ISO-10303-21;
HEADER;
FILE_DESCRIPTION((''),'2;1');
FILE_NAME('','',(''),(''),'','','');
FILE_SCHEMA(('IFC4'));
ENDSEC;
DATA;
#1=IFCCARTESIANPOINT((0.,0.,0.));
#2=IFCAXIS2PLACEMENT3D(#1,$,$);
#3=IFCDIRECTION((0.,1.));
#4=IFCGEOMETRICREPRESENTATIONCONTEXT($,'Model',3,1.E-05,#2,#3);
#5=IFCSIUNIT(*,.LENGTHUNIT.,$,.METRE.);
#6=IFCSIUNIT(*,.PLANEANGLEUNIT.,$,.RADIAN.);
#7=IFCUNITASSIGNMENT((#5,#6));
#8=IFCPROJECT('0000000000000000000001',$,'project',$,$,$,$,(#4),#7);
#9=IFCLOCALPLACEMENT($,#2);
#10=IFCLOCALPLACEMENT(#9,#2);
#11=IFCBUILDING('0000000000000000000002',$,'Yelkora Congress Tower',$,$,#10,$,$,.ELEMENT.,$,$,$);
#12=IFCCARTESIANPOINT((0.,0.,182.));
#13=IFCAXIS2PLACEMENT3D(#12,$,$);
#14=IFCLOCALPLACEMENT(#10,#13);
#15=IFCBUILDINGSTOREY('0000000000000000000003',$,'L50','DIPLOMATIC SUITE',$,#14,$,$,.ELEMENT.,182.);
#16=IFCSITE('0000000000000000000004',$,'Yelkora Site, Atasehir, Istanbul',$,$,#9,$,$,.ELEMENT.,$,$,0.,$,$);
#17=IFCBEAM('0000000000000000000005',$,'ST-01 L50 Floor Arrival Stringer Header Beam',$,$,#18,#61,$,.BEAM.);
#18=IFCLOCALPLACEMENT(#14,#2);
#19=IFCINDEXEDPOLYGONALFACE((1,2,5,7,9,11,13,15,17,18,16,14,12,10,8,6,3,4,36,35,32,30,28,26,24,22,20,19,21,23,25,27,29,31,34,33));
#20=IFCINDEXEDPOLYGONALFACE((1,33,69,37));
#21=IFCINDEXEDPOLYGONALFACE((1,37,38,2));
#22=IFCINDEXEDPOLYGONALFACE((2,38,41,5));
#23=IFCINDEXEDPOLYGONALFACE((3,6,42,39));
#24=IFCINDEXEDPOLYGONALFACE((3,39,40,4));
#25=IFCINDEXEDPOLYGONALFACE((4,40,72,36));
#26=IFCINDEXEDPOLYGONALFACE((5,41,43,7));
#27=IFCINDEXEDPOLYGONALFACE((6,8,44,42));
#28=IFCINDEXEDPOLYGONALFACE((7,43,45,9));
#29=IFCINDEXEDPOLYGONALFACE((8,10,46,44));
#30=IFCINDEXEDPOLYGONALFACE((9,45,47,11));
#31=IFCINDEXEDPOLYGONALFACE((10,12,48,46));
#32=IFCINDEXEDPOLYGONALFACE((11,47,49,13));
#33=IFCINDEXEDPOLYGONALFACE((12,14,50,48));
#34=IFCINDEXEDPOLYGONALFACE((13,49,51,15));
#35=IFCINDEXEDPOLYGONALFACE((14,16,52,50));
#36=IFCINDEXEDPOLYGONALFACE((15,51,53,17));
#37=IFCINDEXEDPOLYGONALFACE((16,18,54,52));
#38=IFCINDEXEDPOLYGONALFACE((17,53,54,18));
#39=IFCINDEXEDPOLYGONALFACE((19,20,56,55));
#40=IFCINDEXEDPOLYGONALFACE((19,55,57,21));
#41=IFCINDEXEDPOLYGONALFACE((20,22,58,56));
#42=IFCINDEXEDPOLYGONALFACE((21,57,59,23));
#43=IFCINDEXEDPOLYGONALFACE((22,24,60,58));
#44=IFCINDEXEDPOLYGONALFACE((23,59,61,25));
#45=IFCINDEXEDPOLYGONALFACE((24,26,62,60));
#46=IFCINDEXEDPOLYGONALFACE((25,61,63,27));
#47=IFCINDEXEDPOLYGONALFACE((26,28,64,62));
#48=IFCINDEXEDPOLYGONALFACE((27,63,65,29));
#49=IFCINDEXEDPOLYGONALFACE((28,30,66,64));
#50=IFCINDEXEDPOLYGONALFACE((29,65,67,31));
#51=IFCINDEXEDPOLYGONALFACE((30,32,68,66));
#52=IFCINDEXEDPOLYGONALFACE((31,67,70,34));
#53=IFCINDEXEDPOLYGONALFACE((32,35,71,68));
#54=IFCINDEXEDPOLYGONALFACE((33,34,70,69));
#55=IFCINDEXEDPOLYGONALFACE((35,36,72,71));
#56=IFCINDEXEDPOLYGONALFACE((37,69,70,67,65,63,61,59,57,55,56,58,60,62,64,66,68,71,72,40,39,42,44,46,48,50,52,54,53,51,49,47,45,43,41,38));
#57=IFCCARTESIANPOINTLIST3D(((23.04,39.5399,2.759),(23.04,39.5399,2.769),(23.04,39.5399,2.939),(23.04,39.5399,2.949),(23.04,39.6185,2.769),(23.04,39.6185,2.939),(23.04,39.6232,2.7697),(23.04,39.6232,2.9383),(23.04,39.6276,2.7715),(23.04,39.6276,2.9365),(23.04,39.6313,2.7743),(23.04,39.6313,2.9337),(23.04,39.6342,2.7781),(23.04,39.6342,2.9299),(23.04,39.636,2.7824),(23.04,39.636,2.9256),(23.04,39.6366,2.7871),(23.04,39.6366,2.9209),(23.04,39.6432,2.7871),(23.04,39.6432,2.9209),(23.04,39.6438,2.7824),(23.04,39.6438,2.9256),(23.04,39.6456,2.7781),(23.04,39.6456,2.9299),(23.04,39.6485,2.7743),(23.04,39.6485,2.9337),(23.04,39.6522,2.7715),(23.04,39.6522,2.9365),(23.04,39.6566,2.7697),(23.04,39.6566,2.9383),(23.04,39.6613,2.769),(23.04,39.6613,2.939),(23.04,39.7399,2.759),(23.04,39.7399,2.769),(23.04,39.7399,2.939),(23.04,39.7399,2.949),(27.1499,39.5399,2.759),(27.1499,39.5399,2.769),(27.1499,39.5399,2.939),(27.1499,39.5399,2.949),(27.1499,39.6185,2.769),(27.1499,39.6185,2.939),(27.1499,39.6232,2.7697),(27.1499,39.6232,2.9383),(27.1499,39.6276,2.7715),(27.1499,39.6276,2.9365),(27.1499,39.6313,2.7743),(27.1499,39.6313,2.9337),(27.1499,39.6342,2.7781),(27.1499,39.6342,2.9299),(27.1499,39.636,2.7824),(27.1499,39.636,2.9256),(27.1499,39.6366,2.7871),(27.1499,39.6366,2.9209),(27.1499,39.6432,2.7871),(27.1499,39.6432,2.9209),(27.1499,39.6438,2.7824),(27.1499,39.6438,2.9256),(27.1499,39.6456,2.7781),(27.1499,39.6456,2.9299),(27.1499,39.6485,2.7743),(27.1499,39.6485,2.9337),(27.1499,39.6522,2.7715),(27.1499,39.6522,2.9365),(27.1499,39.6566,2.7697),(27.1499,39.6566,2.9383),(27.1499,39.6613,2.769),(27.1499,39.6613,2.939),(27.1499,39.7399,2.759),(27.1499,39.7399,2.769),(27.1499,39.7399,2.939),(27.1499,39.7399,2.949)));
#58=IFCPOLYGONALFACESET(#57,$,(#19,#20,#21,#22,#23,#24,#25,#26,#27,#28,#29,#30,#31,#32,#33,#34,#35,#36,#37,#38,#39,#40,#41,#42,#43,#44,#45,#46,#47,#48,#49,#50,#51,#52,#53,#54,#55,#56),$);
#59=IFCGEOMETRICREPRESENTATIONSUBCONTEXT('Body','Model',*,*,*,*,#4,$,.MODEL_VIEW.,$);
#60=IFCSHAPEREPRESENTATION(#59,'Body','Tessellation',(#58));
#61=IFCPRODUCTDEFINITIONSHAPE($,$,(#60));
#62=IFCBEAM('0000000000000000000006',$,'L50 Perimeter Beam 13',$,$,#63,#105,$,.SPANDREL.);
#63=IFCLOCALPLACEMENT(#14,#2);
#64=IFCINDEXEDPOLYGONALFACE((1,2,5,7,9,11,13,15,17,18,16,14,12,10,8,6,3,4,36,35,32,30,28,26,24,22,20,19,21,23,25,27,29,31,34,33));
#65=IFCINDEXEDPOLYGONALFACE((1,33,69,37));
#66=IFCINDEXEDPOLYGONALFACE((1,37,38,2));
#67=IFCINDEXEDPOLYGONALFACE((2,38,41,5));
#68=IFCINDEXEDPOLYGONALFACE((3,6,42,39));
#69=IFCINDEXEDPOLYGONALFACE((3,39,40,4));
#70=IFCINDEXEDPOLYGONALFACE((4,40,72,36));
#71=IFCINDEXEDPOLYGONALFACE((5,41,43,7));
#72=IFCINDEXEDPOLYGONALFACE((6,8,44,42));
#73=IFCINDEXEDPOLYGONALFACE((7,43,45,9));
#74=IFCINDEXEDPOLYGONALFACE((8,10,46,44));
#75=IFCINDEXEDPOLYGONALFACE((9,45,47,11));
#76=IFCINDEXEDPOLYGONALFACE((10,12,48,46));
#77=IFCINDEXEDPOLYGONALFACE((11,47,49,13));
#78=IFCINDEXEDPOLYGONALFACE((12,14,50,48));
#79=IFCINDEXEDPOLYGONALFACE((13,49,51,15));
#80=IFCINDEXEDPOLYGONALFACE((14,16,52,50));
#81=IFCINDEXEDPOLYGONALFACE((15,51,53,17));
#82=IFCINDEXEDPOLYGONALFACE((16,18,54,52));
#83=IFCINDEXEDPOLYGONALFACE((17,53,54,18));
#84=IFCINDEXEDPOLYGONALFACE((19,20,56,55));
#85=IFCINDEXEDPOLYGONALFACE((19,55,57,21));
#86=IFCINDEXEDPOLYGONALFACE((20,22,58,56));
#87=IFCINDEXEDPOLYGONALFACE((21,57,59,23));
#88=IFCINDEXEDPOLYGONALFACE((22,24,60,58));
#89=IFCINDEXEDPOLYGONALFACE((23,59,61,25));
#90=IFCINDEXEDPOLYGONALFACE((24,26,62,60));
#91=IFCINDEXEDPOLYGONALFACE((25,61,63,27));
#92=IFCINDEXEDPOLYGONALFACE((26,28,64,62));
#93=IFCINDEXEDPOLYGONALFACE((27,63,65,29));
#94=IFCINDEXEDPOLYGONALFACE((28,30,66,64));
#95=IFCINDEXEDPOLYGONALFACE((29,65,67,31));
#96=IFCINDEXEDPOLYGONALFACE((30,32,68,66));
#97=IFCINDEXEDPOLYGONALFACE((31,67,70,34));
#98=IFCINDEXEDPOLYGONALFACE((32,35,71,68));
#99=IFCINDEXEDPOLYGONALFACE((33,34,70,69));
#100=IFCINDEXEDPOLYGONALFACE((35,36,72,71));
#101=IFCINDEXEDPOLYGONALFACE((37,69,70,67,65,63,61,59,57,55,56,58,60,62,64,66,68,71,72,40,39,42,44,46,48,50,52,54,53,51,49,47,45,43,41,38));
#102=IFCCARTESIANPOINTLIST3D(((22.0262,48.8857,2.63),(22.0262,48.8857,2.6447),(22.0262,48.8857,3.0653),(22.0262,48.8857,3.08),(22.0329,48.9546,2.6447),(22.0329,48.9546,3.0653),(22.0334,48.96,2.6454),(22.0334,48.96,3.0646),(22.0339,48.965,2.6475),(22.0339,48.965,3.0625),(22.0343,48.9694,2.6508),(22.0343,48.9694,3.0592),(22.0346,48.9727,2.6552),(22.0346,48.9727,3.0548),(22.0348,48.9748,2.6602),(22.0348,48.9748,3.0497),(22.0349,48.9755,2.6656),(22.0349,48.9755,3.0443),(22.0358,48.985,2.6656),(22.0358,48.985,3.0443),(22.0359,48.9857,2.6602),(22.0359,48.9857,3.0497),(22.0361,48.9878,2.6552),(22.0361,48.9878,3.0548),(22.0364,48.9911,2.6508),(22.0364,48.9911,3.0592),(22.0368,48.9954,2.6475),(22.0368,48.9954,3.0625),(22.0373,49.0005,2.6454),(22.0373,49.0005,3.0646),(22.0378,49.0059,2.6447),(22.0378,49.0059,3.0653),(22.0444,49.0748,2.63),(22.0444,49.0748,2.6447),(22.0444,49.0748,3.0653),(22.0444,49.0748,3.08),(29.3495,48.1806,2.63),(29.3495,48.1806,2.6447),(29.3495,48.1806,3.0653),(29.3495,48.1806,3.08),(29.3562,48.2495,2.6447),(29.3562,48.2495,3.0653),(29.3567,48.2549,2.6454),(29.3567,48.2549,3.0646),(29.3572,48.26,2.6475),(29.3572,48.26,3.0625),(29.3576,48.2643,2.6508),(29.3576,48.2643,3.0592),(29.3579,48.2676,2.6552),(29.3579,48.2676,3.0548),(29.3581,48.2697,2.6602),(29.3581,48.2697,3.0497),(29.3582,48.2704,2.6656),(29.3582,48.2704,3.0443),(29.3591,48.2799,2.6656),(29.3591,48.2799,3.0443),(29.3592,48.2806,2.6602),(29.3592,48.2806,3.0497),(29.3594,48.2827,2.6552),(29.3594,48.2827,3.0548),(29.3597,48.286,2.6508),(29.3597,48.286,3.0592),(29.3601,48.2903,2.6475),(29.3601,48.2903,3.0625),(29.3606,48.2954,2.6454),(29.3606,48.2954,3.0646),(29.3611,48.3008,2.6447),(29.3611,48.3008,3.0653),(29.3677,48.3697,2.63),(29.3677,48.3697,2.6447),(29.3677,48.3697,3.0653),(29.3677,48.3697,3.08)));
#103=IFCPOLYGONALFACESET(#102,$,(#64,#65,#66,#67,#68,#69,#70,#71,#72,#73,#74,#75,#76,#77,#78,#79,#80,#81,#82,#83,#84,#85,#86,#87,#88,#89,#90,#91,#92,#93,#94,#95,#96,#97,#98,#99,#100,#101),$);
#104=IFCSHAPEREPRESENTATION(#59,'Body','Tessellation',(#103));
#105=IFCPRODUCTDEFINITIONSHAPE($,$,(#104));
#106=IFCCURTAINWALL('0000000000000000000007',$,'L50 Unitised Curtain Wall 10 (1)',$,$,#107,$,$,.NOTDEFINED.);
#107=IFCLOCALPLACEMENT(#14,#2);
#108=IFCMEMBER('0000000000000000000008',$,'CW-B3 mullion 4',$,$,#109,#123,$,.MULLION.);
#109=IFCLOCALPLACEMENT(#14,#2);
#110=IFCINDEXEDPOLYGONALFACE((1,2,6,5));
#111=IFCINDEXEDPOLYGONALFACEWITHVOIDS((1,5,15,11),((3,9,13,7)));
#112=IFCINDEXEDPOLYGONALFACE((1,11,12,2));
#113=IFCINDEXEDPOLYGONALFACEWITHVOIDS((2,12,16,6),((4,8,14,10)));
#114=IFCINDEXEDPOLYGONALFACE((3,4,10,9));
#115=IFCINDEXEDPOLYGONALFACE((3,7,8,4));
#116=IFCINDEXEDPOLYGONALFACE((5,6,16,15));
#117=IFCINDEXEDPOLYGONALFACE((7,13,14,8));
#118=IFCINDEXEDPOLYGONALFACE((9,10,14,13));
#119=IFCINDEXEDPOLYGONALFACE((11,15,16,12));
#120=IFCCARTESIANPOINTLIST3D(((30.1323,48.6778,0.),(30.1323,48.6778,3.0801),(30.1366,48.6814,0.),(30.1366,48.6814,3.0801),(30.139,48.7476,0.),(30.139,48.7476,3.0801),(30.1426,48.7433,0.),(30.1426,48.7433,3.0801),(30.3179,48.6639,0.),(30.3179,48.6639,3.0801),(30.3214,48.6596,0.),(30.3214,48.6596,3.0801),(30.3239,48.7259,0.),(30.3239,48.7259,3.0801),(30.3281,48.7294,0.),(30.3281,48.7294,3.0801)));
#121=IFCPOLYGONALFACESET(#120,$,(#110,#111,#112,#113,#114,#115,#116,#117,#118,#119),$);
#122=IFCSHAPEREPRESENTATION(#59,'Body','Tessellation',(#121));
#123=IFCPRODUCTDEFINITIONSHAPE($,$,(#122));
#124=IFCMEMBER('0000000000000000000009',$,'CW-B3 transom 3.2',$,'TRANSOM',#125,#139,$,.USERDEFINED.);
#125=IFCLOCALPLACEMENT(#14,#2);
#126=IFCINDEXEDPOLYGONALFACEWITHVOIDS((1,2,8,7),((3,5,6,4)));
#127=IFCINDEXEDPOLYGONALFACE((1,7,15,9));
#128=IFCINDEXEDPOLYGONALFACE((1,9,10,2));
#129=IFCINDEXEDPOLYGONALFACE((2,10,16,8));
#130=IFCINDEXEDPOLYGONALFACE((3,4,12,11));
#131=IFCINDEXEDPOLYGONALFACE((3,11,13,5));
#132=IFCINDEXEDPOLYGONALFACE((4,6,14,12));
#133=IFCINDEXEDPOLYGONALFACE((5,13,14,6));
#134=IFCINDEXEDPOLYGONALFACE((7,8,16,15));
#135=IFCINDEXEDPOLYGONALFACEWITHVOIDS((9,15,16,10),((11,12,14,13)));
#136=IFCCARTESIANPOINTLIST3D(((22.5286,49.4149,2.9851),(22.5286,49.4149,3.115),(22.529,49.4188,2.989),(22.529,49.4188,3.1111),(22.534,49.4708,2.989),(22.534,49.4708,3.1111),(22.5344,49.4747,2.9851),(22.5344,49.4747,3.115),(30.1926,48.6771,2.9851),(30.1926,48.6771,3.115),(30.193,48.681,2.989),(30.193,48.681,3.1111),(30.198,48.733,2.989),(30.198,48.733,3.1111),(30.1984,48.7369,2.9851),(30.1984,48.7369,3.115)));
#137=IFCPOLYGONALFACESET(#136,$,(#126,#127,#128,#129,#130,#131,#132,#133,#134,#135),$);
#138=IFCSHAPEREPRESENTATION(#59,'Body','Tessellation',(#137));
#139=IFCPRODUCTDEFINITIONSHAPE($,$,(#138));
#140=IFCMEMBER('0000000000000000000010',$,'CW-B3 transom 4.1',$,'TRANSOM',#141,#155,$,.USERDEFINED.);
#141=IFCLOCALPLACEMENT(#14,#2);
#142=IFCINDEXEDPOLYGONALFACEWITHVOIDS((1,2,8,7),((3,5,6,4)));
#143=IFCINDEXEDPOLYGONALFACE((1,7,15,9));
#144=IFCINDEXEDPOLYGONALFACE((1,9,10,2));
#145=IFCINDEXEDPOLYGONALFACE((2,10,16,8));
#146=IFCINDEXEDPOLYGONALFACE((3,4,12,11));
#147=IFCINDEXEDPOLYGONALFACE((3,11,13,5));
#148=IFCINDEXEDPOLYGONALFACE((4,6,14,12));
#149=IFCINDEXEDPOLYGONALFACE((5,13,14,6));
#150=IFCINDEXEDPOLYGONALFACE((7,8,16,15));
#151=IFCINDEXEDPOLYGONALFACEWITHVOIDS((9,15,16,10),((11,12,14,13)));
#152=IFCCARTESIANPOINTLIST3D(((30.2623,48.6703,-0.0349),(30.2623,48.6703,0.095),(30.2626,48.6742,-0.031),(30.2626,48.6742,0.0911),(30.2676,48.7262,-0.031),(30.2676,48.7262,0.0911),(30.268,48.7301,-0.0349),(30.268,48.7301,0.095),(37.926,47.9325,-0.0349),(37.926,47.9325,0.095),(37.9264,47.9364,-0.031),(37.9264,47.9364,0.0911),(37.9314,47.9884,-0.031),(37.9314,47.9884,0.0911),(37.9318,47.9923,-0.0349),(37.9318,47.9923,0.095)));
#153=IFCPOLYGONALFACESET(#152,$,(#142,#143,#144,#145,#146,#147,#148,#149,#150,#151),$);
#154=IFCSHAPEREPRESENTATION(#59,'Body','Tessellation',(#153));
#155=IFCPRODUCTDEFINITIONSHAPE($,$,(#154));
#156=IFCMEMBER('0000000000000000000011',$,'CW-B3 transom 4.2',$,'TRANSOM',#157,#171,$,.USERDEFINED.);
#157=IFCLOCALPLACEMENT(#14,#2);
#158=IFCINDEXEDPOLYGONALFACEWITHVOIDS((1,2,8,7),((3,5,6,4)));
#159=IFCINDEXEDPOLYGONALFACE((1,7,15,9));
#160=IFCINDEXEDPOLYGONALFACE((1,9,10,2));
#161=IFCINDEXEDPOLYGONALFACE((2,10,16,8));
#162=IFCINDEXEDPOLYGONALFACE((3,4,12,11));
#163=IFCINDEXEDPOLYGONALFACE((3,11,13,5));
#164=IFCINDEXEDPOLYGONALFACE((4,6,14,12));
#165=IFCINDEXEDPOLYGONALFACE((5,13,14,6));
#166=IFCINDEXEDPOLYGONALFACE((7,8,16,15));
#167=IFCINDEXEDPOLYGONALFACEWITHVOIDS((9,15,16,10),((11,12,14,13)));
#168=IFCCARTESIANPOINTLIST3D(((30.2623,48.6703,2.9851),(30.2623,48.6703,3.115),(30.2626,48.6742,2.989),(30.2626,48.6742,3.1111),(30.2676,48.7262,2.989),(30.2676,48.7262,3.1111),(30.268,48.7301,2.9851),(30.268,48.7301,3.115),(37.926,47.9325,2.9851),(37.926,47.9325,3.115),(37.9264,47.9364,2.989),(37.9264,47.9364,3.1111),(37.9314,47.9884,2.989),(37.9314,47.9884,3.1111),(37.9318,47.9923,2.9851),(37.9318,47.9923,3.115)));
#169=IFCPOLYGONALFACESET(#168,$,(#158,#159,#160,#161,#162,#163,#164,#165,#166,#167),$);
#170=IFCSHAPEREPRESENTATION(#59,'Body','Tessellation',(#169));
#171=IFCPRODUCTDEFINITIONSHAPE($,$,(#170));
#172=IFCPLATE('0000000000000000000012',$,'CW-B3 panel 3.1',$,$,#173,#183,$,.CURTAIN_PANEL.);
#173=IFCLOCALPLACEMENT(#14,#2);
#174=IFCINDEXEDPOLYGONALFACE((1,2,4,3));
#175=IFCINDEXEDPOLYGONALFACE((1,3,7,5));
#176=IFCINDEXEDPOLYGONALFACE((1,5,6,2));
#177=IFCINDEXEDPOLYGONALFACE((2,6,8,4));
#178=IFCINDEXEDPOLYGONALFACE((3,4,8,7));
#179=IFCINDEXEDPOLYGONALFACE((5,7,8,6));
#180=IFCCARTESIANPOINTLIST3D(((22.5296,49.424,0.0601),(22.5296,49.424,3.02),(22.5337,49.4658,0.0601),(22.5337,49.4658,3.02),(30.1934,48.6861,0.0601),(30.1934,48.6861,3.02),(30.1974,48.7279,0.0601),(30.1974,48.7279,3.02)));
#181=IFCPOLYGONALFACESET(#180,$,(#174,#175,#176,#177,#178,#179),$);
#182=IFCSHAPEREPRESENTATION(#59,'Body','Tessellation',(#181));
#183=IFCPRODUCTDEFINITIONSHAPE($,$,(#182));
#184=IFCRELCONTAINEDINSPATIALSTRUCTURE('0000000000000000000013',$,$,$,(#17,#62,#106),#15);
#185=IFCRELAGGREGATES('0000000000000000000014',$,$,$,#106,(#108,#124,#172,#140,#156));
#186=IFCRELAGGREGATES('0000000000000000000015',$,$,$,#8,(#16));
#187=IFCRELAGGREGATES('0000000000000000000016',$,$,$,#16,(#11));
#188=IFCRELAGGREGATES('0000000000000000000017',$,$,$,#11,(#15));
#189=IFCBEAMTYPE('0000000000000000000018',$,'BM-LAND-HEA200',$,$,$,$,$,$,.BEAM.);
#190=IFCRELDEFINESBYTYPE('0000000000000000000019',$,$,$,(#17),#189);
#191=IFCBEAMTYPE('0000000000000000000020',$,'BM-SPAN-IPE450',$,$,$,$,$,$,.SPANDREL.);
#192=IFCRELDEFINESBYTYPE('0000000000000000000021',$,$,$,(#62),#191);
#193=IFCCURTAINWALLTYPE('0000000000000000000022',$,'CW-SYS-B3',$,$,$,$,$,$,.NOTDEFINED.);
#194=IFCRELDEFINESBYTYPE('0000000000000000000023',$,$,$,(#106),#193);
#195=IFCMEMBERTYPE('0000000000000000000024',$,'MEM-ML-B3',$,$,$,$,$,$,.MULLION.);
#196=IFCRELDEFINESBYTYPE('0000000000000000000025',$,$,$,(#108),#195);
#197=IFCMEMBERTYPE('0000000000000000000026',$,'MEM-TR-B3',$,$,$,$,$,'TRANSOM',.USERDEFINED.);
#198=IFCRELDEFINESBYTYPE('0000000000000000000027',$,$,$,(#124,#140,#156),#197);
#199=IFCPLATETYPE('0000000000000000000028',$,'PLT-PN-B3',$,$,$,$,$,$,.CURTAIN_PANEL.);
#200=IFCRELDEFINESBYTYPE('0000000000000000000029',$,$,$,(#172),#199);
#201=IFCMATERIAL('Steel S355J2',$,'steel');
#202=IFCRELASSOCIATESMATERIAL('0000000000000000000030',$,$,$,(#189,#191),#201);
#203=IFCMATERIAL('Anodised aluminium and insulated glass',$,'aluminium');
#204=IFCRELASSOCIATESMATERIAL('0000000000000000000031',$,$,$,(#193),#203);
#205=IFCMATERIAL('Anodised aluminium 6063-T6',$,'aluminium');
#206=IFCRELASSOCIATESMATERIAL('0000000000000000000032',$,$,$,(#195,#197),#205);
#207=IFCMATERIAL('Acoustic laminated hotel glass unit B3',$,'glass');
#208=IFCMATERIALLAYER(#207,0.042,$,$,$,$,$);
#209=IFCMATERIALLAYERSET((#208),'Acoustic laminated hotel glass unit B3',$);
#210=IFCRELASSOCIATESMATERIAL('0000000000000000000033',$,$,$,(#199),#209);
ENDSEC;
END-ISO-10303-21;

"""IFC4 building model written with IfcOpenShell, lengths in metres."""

from ifc_helpers import new_model, si_unit, direction, frame, origin, origin_2d, place, context, subcontext, project, spatial, rectangle, hollow_rectangle, i_section, extrude, material, layer, layer_set, material_profile, profile_set, type_object, element, aggregate, save


model = new_model("IFC4")

# Units and contexts
model_context = context("Model", 3, precision=1e-05, world=origin(), true_north=direction((0.0, 1.0)))
body_context = subcontext(model_context, "Body", "Model", "MODEL_VIEW")
ifc_project = project(units=[si_unit("LENGTHUNIT", "METRE"), si_unit("PLANEANGLEUNIT", "RADIAN")], contexts=[model_context])

# Site, building, storey
site_placement = place(None, origin())
site = spatial("IfcSite", under=ifc_project, at=site_placement, Name="Yelkora Site, Atasehir, Istanbul", CompositionType="ELEMENT", RefElevation=0.0)
building_placement = place(site_placement, origin())
building = spatial("IfcBuilding", under=site, at=building_placement, Name="Yelkora Congress Tower", CompositionType="ELEMENT")
storey_placement = place(building_placement, frame((0.0, 0.0, 182.0)))
storey = spatial("IfcBuildingStorey", under=building, at=storey_placement, Name="L50", Description="DIPLOMATIC SUITE", CompositionType="ELEMENT", Elevation=182.0)

# Beams
ifc_material_1 = material(Name="Steel S355J2", Category="steel")
ifc_material_profile_1 = material_profile(ifc_material_1, i_section(OverallWidth=0.2, OverallDepth=0.1899, WebThickness=0.0066, FlangeThickness=0.01, FilletRadius=0.0181, at=origin_2d()), Name="HEA 200")
ifc_profile_set_1 = profile_set([ifc_material_profile_1], Name="Steel S355J2")
beam_type_1 = type_object("IfcBeamType", Name="BM-LAND-HEA200", PredefinedType="BEAM", material=ifc_profile_set_1)
beam_1_placement = place(storey_placement, frame((23.04, 39.6399, 2.854), z_axis=(1.0, 0.0, 0.0), x_axis=(0.0, 1.0, 0.0)))
element("IfcBeam", 1, at=beam_1_placement, inside=storey, type_object=beam_type_1, Name="ST-01 L50 Floor Arrival Stringer Header Beam", PredefinedType="BEAM", context=body_context, shape_type="SweptSolid", body=[
    extrude(i_section(OverallWidth=0.2, OverallDepth=0.1899, WebThickness=0.0066, FlangeThickness=0.01, FilletRadius=0.0181, at=origin_2d()), origin(), (0.0, 0.0, 1.0), 4.1099),
])
ifc_material_profile_2 = material_profile(ifc_material_1, i_section(OverallWidth=0.1899, OverallDepth=0.45, WebThickness=0.0095, FlangeThickness=0.0146, FilletRadius=0.021, at=origin_2d()), Name="IPE 450")
ifc_profile_set_2 = profile_set([ifc_material_profile_2], Name="Steel S355J2")
beam_type_2 = type_object("IfcBeamType", Name="BM-SPAN-IPE450", PredefinedType="SPANDREL", material=ifc_profile_set_2)
beam_2_placement = place(storey_placement, frame((29.3586, 48.2751, 2.855), z_axis=(-0.995397, 0.095836, 0.0), x_axis=(-0.095836, -0.995397, 0.0)))
element("IfcBeam", 2, at=beam_2_placement, inside=storey, type_object=beam_type_2, Name="L50 Perimeter Beam 13", PredefinedType="SPANDREL", context=body_context, shape_type="SweptSolid", body=[
    extrude(i_section(OverallWidth=0.1899, OverallDepth=0.45, WebThickness=0.0095, FlangeThickness=0.0146, FilletRadius=0.021, at=origin_2d()), origin(), (0.0, 0.0, 1.0), 7.3572),
])

# Curtain wall, members, plate
ifc_material_2 = material(Name="Anodised aluminium and insulated glass", Category="aluminium")
curtain_wall_type = type_object("IfcCurtainWallType", Name="CW-SYS-B3", PredefinedType="NOTDEFINED", material=ifc_material_2)
curtain_wall_placement = place(storey_placement, origin())
curtain_wall = element("IfcCurtainWall", 3, at=curtain_wall_placement, inside=storey, type_object=curtain_wall_type, Name="L50 Unitised Curtain Wall 10 (1)", PredefinedType="NOTDEFINED")
ifc_material_3 = material(Name="Anodised aluminium 6063-T6", Category="aluminium")
ifc_material_profile_3 = material_profile(ifc_material_3, hollow_rectangle(XDim=0.0701, YDim=0.1899, WallThickness=0.0039, at=origin_2d()), Name="ALU 70x190x4")
ifc_profile_set_3 = profile_set([ifc_material_profile_3], Name="Anodised aluminium 6063-T6")
member_type_1 = type_object("IfcMemberType", Name="MEM-ML-B3", PredefinedType="MULLION", material=ifc_profile_set_3)
member_1_placement = place(storey_placement, frame((30.2302, 48.7036, 0.0), z_axis=(0.0, 0.0, 1.0), x_axis=(0.095845, 0.995396, 0.0)))
member_1 = element("IfcMember", 4, at=member_1_placement, type_object=member_type_1, Name="CW-B3 mullion 4", PredefinedType="MULLION", context=body_context, shape_type="SweptSolid", body=[
    extrude(hollow_rectangle(XDim=0.0701, YDim=0.1899, WallThickness=0.0039, at=origin_2d()), origin(), (0.0, 0.0, 1.0), 3.0801),
])
ifc_material_profile_4 = material_profile(ifc_material_3, hollow_rectangle(XDim=0.0601, YDim=0.1299, WallThickness=0.0039, at=origin_2d()), Name="ALU 60x130x4")
ifc_profile_set_4 = profile_set([ifc_material_profile_4], Name="Anodised aluminium 6063-T6")
member_type_2 = type_object("IfcMemberType", Name="MEM-TR-B3", ElementType="TRANSOM", PredefinedType="USERDEFINED", material=ifc_profile_set_4)
member_2_placement = place(storey_placement, frame((22.5315, 49.4448, 3.05), z_axis=(0.995398, -0.095824, 0.0), x_axis=(0.095824, 0.995398, 0.0)))
member_2 = element("IfcMember", 5, at=member_2_placement, type_object=member_type_2, Name="CW-B3 transom 3.2", ObjectType="TRANSOM", PredefinedType="USERDEFINED", context=body_context, shape_type="SweptSolid", body=[
    extrude(hollow_rectangle(XDim=0.0601, YDim=0.1299, WallThickness=0.0039, at=origin_2d()), origin(), (0.0, 0.0, 1.0), 7.6995),
])
member_3_placement = place(storey_placement, frame((30.2651, 48.7002, 0.03), z_axis=(0.995398, -0.095827, 0.0), x_axis=(0.095827, 0.995398, 0.0)))
member_3 = element("IfcMember", 6, at=member_3_placement, type_object=member_type_2, Name="CW-B3 transom 4.1", ObjectType="TRANSOM", PredefinedType="USERDEFINED", context=body_context, shape_type="SweptSolid", body=[
    extrude(hollow_rectangle(XDim=0.0601, YDim=0.1299, WallThickness=0.0039, at=origin_2d()), origin(), (0.0, 0.0, 1.0), 7.6992),
])
member_4_placement = place(storey_placement, frame((30.2651, 48.7002, 3.05), z_axis=(0.995398, -0.095827, 0.0), x_axis=(0.095827, 0.995398, 0.0)))
member_4 = element("IfcMember", 7, at=member_4_placement, type_object=member_type_2, Name="CW-B3 transom 4.2", ObjectType="TRANSOM", PredefinedType="USERDEFINED", context=body_context, shape_type="SweptSolid", body=[
    extrude(hollow_rectangle(XDim=0.0601, YDim=0.1299, WallThickness=0.0039, at=origin_2d()), origin(), (0.0, 0.0, 1.0), 7.6992),
])
ifc_material_4 = material(Name="Acoustic laminated hotel glass unit B3", Category="glass")
ifc_layer_1 = layer(ifc_material_4, 0.042)
ifc_layer_set_1 = layer_set([ifc_layer_1], Name="Acoustic laminated hotel glass unit B3")
plate_type = type_object("IfcPlateType", Name="PLT-PN-B3", PredefinedType="CURTAIN_PANEL", material=ifc_layer_set_1)
plate_placement = place(storey_placement, frame((26.3635, 49.0759, 0.0601), z_axis=(0.0, 0.0, 1.0), x_axis=(0.995396, -0.095845, 0.0)))
plate = element("IfcPlate", 8, at=plate_placement, type_object=plate_type, Name="CW-B3 panel 3.1", PredefinedType="CURTAIN_PANEL", context=body_context, shape_type="SweptSolid", body=[
    extrude(rectangle(XDim=7.6992, YDim=0.042, at=origin_2d()), origin(), (0.0, 0.0, 1.0), 2.96),
])
aggregate(curtain_wall, [member_1, member_2, plate, member_3, member_4])

save(model, "model.ifc")
